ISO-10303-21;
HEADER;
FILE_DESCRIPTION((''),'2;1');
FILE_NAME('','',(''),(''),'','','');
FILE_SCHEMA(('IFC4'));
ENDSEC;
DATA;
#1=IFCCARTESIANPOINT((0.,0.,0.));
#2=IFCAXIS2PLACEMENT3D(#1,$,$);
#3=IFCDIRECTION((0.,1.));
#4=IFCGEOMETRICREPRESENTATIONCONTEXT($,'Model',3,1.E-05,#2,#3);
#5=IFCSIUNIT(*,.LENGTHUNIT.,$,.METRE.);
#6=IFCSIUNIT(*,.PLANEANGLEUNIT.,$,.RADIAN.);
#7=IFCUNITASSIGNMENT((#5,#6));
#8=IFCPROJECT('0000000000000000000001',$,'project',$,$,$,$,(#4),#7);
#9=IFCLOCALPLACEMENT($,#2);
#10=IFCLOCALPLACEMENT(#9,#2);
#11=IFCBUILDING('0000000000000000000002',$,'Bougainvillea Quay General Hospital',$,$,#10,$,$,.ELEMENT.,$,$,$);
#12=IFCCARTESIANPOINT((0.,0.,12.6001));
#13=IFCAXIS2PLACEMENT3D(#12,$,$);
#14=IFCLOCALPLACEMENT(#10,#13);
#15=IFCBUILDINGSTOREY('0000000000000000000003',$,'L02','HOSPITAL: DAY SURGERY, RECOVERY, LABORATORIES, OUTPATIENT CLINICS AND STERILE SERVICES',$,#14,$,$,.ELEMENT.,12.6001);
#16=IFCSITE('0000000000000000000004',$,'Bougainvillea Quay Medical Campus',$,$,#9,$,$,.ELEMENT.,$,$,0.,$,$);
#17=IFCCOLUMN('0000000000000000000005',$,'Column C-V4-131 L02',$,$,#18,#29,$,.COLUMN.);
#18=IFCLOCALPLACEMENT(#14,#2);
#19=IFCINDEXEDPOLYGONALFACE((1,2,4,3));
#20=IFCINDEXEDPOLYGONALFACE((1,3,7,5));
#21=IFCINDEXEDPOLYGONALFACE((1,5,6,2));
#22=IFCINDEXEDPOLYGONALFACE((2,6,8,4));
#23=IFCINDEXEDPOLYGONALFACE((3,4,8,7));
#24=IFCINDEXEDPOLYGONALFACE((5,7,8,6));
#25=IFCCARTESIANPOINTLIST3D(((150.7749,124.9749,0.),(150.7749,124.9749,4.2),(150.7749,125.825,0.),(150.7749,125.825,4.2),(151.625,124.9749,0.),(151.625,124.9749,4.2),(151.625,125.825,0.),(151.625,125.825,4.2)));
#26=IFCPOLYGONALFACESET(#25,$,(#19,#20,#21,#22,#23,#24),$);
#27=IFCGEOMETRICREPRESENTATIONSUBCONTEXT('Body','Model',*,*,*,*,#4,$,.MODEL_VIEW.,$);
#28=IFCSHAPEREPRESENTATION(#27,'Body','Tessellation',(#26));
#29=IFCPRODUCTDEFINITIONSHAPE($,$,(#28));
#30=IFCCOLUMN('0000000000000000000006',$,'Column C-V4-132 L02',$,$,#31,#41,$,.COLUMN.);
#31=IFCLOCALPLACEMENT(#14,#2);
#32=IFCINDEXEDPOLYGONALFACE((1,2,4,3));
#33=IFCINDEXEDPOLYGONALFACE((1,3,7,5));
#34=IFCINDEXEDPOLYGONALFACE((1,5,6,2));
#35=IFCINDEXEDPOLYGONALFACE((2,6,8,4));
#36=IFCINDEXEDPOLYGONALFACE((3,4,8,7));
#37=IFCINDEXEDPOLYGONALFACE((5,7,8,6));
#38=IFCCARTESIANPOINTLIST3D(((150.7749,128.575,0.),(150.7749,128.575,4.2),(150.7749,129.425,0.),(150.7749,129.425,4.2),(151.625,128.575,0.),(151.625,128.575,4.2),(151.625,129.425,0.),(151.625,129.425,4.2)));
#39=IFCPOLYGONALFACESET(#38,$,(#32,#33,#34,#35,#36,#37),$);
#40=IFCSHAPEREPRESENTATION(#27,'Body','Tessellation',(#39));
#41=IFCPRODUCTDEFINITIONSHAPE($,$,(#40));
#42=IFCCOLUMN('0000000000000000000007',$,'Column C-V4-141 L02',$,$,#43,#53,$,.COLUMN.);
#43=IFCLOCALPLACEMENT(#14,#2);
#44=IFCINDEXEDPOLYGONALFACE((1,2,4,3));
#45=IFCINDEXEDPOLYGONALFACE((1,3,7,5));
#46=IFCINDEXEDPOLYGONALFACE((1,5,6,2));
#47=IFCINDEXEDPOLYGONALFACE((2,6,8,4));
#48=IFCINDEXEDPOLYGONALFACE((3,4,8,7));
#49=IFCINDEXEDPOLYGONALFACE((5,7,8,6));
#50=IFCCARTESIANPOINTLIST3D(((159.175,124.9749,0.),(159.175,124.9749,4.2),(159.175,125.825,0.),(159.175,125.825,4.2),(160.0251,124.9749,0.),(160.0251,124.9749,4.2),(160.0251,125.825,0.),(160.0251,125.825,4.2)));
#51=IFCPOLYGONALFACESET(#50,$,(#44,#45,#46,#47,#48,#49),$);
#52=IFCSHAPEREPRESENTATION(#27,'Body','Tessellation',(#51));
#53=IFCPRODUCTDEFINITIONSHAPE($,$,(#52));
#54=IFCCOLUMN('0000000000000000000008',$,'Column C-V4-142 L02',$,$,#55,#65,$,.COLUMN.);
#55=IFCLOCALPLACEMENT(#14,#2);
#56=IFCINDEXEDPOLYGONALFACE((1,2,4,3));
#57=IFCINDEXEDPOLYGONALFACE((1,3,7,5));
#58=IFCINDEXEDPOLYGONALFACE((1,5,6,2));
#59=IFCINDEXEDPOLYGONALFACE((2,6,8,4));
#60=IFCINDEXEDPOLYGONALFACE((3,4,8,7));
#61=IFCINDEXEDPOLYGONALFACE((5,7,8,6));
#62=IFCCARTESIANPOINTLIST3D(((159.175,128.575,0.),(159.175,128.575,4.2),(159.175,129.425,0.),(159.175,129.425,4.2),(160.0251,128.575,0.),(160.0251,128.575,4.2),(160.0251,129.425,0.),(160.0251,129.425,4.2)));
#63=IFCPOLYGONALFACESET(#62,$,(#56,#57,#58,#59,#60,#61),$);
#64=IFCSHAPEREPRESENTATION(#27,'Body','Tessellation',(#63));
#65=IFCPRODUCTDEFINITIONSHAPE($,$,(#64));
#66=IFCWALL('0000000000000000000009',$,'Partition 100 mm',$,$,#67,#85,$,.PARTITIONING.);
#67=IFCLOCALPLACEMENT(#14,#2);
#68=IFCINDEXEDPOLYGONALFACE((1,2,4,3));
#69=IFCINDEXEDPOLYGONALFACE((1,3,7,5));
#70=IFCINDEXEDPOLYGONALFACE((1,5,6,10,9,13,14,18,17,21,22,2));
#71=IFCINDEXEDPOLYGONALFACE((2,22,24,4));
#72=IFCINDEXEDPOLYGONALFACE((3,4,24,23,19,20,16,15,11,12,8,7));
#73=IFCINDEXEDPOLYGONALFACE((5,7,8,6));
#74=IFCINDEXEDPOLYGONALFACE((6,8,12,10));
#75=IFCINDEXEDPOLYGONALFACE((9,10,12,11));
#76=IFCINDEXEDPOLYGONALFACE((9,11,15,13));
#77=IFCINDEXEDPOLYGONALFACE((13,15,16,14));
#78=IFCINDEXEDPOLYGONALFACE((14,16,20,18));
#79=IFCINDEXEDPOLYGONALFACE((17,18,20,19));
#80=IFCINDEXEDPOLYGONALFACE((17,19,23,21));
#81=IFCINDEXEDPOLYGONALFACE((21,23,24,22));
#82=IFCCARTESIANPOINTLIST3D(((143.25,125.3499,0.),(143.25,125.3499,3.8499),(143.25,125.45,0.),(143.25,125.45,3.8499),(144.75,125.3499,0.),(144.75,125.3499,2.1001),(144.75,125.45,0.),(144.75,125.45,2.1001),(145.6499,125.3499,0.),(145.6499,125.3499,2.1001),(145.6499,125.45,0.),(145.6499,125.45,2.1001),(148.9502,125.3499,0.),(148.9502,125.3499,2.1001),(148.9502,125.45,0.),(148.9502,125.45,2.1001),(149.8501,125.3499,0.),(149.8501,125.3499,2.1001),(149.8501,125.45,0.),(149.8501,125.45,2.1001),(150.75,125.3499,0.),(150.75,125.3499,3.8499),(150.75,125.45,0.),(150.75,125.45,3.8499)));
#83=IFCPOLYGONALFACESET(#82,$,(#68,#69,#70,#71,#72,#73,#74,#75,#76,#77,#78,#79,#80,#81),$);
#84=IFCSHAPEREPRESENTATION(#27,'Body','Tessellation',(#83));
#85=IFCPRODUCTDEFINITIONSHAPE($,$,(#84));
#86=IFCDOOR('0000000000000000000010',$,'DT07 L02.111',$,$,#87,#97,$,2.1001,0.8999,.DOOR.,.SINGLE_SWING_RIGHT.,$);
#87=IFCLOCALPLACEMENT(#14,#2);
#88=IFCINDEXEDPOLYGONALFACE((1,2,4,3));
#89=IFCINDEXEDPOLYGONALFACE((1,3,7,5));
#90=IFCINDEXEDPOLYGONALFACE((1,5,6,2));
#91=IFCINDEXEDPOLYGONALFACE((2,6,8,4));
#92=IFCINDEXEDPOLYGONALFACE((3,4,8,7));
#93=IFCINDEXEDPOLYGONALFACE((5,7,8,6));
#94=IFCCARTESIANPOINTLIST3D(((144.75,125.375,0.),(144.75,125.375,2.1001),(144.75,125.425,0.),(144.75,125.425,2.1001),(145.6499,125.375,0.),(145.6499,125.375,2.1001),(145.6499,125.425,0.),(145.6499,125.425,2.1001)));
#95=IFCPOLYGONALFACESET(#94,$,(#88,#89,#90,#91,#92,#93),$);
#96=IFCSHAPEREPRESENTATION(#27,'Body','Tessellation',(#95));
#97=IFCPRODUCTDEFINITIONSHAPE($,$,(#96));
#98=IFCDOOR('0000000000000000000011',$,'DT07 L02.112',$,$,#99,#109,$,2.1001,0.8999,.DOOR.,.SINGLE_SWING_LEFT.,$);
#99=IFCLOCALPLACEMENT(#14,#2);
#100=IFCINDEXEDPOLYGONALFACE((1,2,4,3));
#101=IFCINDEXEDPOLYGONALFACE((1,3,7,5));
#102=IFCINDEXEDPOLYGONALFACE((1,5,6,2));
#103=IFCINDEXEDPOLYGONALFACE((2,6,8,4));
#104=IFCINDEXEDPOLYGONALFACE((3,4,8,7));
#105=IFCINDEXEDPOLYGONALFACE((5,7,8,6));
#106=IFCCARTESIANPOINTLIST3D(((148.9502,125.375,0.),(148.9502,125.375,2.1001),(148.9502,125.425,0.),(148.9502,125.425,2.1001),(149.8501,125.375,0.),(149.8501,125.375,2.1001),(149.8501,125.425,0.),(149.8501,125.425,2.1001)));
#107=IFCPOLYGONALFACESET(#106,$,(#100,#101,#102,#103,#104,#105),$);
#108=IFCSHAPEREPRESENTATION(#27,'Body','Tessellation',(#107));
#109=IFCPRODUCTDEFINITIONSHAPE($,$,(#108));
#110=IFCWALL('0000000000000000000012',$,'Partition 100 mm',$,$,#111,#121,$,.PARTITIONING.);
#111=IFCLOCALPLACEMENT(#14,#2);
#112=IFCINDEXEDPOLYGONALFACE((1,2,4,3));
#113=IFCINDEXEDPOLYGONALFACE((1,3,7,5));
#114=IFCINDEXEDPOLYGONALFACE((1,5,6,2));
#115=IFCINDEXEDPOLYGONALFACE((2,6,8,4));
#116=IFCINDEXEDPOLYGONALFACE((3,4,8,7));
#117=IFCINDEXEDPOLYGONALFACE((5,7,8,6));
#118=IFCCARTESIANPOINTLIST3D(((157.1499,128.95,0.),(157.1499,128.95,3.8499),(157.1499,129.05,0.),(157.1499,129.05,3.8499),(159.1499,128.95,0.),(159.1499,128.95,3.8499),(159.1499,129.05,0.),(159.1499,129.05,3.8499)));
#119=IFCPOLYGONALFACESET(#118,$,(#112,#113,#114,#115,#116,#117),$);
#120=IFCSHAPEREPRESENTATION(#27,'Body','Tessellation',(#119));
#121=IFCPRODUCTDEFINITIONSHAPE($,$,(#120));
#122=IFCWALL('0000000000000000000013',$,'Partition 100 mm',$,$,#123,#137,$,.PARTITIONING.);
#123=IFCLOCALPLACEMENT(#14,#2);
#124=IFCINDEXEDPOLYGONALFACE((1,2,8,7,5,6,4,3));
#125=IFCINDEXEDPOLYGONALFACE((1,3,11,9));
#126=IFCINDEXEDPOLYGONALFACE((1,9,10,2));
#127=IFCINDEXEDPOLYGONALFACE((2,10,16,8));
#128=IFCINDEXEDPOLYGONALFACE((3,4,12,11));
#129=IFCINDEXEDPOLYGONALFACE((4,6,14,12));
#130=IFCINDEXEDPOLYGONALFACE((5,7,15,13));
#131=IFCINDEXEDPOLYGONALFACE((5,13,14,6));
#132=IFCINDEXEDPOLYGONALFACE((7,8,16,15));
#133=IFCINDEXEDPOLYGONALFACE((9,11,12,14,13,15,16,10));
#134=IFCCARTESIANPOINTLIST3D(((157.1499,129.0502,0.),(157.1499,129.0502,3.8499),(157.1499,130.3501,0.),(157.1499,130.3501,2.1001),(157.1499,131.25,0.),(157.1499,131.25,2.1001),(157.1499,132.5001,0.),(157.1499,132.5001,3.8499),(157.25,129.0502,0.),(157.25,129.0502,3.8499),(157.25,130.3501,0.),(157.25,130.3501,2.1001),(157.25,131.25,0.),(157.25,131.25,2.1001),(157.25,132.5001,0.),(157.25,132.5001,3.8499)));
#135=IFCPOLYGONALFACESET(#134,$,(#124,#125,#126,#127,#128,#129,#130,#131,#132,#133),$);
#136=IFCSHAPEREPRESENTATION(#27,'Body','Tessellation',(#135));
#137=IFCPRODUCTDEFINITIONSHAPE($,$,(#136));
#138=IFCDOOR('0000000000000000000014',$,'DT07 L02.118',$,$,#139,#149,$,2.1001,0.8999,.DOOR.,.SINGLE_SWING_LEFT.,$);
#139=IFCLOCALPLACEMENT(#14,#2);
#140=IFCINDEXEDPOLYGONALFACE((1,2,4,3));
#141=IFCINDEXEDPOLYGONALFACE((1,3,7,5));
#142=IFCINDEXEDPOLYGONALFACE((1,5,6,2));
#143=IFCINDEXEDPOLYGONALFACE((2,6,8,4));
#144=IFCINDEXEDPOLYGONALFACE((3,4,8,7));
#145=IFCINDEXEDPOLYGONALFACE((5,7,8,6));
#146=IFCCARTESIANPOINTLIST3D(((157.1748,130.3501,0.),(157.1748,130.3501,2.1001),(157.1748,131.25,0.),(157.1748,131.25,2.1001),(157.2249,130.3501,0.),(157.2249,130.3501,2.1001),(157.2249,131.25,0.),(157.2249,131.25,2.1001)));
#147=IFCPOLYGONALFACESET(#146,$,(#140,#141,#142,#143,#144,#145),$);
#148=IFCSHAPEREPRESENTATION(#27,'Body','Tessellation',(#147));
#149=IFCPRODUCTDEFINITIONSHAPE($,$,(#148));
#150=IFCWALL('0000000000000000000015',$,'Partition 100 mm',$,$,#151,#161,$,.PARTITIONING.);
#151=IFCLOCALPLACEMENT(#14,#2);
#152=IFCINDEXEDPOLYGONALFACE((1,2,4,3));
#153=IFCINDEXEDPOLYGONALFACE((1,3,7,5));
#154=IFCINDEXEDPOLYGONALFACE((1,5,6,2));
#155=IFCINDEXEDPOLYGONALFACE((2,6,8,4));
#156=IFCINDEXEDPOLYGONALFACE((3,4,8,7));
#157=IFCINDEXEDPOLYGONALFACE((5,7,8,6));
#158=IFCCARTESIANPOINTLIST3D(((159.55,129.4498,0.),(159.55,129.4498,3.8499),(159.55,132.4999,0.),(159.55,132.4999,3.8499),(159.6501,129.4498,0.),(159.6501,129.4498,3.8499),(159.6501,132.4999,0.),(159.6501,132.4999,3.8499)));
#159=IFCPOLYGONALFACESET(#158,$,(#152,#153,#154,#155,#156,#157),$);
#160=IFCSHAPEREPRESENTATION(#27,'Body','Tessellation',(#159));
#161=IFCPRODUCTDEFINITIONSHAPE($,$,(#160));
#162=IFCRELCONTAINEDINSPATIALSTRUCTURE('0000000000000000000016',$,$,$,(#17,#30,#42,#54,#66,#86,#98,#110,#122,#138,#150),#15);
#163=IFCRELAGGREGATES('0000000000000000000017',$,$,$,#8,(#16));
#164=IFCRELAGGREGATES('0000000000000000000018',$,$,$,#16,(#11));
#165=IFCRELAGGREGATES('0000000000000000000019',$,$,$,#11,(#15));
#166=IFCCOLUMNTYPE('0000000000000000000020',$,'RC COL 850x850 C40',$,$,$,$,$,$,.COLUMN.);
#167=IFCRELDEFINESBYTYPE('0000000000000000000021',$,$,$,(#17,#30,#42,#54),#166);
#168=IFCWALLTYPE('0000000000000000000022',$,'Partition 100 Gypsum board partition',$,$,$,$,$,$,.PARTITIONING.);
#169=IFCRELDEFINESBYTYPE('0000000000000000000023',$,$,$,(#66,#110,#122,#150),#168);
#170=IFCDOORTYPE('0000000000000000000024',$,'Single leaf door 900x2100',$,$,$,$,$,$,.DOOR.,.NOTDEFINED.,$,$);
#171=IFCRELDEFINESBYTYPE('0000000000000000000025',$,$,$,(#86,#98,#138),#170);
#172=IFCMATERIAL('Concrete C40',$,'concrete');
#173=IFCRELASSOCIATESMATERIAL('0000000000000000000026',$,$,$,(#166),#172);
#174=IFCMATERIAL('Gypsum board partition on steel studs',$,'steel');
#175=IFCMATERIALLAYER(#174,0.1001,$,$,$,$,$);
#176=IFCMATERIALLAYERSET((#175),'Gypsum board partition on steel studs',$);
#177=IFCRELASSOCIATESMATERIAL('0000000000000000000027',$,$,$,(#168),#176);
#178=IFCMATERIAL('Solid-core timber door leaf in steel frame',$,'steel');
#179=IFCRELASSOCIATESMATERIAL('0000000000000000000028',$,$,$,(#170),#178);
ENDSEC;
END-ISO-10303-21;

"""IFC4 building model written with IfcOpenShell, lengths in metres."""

from ifc_helpers import new_model, si_unit, direction, frame, frame_2d, origin, origin_2d, place, context, subcontext, project, spatial, rectangle, extrude, material, layer, layer_set, material_profile, profile_set, type_object, element, fill, save


model = new_model("IFC4")

# Units and contexts
model_context = context("Model", 3, precision=1e-05, world=origin(), true_north=direction((0.0, 1.0)))
body_context = subcontext(model_context, "Body", "Model", "MODEL_VIEW")
ifc_project = project(units=[si_unit("LENGTHUNIT", "METRE"), si_unit("PLANEANGLEUNIT", "RADIAN")], contexts=[model_context])

# Site, building, storey
site_placement = place(None, origin())
site = spatial("IfcSite", under=ifc_project, at=site_placement, Name="Bougainvillea Quay Medical Campus", CompositionType="ELEMENT", RefElevation=0.0)
building_placement = place(site_placement, origin())
building = spatial("IfcBuilding", under=site, at=building_placement, Name="Bougainvillea Quay General Hospital", CompositionType="ELEMENT")
storey_placement = place(building_placement, frame((0.0, 0.0, 12.6001)))
storey = spatial("IfcBuildingStorey", under=building, at=storey_placement, Name="L02", Description="HOSPITAL: DAY SURGERY, RECOVERY, LABORATORIES, OUTPATIENT CLINICS AND STERILE SERVICES", CompositionType="ELEMENT", Elevation=12.6001)

# Columns
ifc_material_1 = material(Name="Concrete C40", Category="concrete")
ifc_material_profile = material_profile(ifc_material_1, rectangle(XDim=0.8501, YDim=0.8501, at=origin_2d()))
ifc_profile_set = profile_set([ifc_material_profile], Name="Concrete C40")
column_type = type_object("IfcColumnType", Name="RC COL 850x850 C40", PredefinedType="COLUMN", material=ifc_profile_set)
for number, where, z_axis, x_axis, name in (
    (1, (151.2, 125.3999, 0.0), (0.0, 0.0, 1.0), (1.0, 0.0, 0.0), "Column C-V4-131 L02"),
    (2, (151.2, 129.0, 0.0), (0.0, 0.0, 1.0), (1.0, 0.0, 0.0), "Column C-V4-132 L02"),
    (3, (159.6001, 125.3999, 0.0), (0.0, 0.0, 1.0), (1.0, 0.0, 0.0), "Column C-V4-141 L02"),
    (4, (159.6001, 129.0, 0.0), (0.0, 0.0, 1.0), (1.0, 0.0, 0.0), "Column C-V4-142 L02"),
):
    element("IfcColumn", number, at=place(storey_placement, frame(where, z_axis=z_axis, x_axis=x_axis)), inside=storey, type_object=column_type, Name=name, PredefinedType="COLUMN", context=body_context, shape_type="SweptSolid", body=[
        extrude(rectangle(XDim=0.8501, YDim=0.8501, at=origin_2d()), origin(), (0.0, 0.0, 1.0), 4.2),
    ])

# Wall, openings, doors
ifc_material_2 = material(Name="Gypsum board partition on steel studs", Category="steel")
ifc_layer_1 = layer(ifc_material_2, 0.1001)
ifc_layer_set_1 = layer_set([ifc_layer_1], Name="Gypsum board partition on steel studs")
wall_type_1 = type_object("IfcWallType", Name="Partition 100 Gypsum board partition", PredefinedType="PARTITIONING", material=ifc_layer_set_1)
wall_1_placement = place(storey_placement, frame((150.75, 125.3999, 0.0), z_axis=(0.0, 0.0, 1.0), x_axis=(-1.0, 0.0, 0.0)))
wall_1 = element("IfcWall", 5, at=wall_1_placement, inside=storey, type_object=wall_type_1, Name="Partition 100 mm", PredefinedType="PARTITIONING", context=body_context, shape_type="SweptSolid", body=[
    extrude(rectangle(XDim=7.5, YDim=0.1001, at=frame_2d((3.75, 0.0))), origin(), (0.0, 0.0, 1.0), 3.8499),
])
opening_1_placement = place(wall_1_placement, frame((5.1001, 0.0, 0.0)))
opening_1 = element("IfcOpeningElement", 6, at=opening_1_placement, cuts=wall_1, PredefinedType="OPENING", context=body_context, shape_type="SweptSolid", body=[
    extrude(rectangle(XDim=0.8999, YDim=2.1001, at=frame_2d((0.45, 1.05))), frame((0.0, 0.0601, 0.0), z_axis=(0.0, -1.0, 0.0), x_axis=(1.0, 0.0, 0.0)), (0.0, 0.0, 1.0), 0.1201),
])
opening_2_placement = place(wall_1_placement, frame((0.8999, 0.0, 0.0)))
opening_2 = element("IfcOpeningElement", 7, at=opening_2_placement, cuts=wall_1, PredefinedType="OPENING", context=body_context, shape_type="SweptSolid", body=[
    extrude(rectangle(XDim=0.8999, YDim=2.1001, at=frame_2d((0.45, 1.05))), frame((0.0, 0.0601, 0.0), z_axis=(0.0, -1.0, 0.0), x_axis=(1.0, 0.0, 0.0)), (0.0, 0.0, 1.0), 0.1201),
])
ifc_material_3 = material(Name="Solid-core timber door leaf in steel frame", Category="steel")
door_type_1 = type_object("IfcDoorType", Name="Single leaf door 900x2100", OperationType="NOTDEFINED", PredefinedType="DOOR", material=ifc_material_3)
door_1_placement = place(opening_1_placement, origin())
door_1 = element("IfcDoor", 8, at=door_1_placement, inside=storey, type_object=door_type_1, Name="DT07 L02.111", OperationType="SINGLE_SWING_RIGHT", OverallHeight=2.1001, OverallWidth=0.8999, PredefinedType="DOOR", context=body_context, shape_type="SweptSolid", body=[
    extrude(rectangle(XDim=0.8999, YDim=2.1001, at=frame_2d((0.45, 1.05))), frame((0.0, 0.0249, 0.0), z_axis=(0.0, -1.0, 0.0), x_axis=(1.0, 0.0, 0.0)), (0.0, 0.0, 1.0), 0.05),
])
fill(opening_1, door_1)
door_2_placement = place(opening_2_placement, origin())
door_2 = element("IfcDoor", 9, at=door_2_placement, inside=storey, type_object=door_type_1, Name="DT07 L02.112", OperationType="SINGLE_SWING_LEFT", OverallHeight=2.1001, OverallWidth=0.8999, PredefinedType="DOOR", context=body_context, shape_type="SweptSolid", body=[
    extrude(rectangle(XDim=0.8999, YDim=2.1001, at=frame_2d((0.45, 1.05))), frame((0.0, 0.0249, 0.0), z_axis=(0.0, -1.0, 0.0), x_axis=(1.0, 0.0, 0.0)), (0.0, 0.0, 1.0), 0.05),
])
fill(opening_2, door_2)

# Wall
wall_2_placement = place(storey_placement, frame((159.1499, 129.0, 0.0), z_axis=(0.0, 0.0, 1.0), x_axis=(-1.0, 0.0, 0.0)))
element("IfcWall", 10, at=wall_2_placement, inside=storey, type_object=wall_type_1, Name="Partition 100 mm", PredefinedType="PARTITIONING", context=body_context, shape_type="SweptSolid", body=[
    extrude(rectangle(XDim=2.0, YDim=0.1001, at=frame_2d((1.0, 0.0))), origin(), (0.0, 0.0, 1.0), 3.8499),
])

# Wall, opening, door
wall_3_placement = place(storey_placement, frame((157.2, 129.05, 0.0), z_axis=(0.0, 0.0, 1.0), x_axis=(0.0, 1.0, 0.0)))
wall_3 = element("IfcWall", 11, at=wall_3_placement, inside=storey, type_object=wall_type_1, Name="Partition 100 mm", PredefinedType="PARTITIONING", context=body_context, shape_type="SweptSolid", body=[
    extrude(rectangle(XDim=3.45, YDim=0.1001, at=frame_2d((1.7251, 0.0))), origin(), (0.0, 0.0, 1.0), 3.8499),
])
opening_3_placement = place(wall_3_placement, frame((1.3, 0.0, 0.0)))
opening_3 = element("IfcOpeningElement", 12, at=opening_3_placement, cuts=wall_3, PredefinedType="OPENING", context=body_context, shape_type="SweptSolid", body=[
    extrude(rectangle(XDim=0.8999, YDim=2.1001, at=frame_2d((0.45, 1.05))), frame((0.0, 0.0601, 0.0), z_axis=(0.0, -1.0, 0.0), x_axis=(1.0, 0.0, 0.0)), (0.0, 0.0, 1.0), 0.1201),
])
door_3_placement = place(opening_3_placement, frame((0.8999, 0.0, 0.0), z_axis=(0.0, 0.0, 1.0), x_axis=(-1.0, 0.0, 0.0)))
door_3 = element("IfcDoor", 13, at=door_3_placement, inside=storey, type_object=door_type_1, Name="DT07 L02.118", OperationType="SINGLE_SWING_LEFT", OverallHeight=2.1001, OverallWidth=0.8999, PredefinedType="DOOR", context=body_context, shape_type="SweptSolid", body=[
    extrude(rectangle(XDim=0.8999, YDim=2.1001, at=frame_2d((0.45, 1.05))), frame((0.0, 0.0249, 0.0), z_axis=(0.0, -1.0, 0.0), x_axis=(1.0, 0.0, 0.0)), (0.0, 0.0, 1.0), 0.05),
])
fill(opening_3, door_3)

# Wall
wall_4_placement = place(storey_placement, frame((159.6001, 129.45, 0.0), z_axis=(0.0, 0.0, 1.0), x_axis=(0.0, 1.0, 0.0)))
element("IfcWall", 14, at=wall_4_placement, inside=storey, type_object=wall_type_1, Name="Partition 100 mm", PredefinedType="PARTITIONING", context=body_context, shape_type="SweptSolid", body=[
    extrude(rectangle(XDim=3.05, YDim=0.1001, at=frame_2d((1.5249, 0.0))), origin(), (0.0, 0.0, 1.0), 3.8499),
])

save(model, "model.ifc")
